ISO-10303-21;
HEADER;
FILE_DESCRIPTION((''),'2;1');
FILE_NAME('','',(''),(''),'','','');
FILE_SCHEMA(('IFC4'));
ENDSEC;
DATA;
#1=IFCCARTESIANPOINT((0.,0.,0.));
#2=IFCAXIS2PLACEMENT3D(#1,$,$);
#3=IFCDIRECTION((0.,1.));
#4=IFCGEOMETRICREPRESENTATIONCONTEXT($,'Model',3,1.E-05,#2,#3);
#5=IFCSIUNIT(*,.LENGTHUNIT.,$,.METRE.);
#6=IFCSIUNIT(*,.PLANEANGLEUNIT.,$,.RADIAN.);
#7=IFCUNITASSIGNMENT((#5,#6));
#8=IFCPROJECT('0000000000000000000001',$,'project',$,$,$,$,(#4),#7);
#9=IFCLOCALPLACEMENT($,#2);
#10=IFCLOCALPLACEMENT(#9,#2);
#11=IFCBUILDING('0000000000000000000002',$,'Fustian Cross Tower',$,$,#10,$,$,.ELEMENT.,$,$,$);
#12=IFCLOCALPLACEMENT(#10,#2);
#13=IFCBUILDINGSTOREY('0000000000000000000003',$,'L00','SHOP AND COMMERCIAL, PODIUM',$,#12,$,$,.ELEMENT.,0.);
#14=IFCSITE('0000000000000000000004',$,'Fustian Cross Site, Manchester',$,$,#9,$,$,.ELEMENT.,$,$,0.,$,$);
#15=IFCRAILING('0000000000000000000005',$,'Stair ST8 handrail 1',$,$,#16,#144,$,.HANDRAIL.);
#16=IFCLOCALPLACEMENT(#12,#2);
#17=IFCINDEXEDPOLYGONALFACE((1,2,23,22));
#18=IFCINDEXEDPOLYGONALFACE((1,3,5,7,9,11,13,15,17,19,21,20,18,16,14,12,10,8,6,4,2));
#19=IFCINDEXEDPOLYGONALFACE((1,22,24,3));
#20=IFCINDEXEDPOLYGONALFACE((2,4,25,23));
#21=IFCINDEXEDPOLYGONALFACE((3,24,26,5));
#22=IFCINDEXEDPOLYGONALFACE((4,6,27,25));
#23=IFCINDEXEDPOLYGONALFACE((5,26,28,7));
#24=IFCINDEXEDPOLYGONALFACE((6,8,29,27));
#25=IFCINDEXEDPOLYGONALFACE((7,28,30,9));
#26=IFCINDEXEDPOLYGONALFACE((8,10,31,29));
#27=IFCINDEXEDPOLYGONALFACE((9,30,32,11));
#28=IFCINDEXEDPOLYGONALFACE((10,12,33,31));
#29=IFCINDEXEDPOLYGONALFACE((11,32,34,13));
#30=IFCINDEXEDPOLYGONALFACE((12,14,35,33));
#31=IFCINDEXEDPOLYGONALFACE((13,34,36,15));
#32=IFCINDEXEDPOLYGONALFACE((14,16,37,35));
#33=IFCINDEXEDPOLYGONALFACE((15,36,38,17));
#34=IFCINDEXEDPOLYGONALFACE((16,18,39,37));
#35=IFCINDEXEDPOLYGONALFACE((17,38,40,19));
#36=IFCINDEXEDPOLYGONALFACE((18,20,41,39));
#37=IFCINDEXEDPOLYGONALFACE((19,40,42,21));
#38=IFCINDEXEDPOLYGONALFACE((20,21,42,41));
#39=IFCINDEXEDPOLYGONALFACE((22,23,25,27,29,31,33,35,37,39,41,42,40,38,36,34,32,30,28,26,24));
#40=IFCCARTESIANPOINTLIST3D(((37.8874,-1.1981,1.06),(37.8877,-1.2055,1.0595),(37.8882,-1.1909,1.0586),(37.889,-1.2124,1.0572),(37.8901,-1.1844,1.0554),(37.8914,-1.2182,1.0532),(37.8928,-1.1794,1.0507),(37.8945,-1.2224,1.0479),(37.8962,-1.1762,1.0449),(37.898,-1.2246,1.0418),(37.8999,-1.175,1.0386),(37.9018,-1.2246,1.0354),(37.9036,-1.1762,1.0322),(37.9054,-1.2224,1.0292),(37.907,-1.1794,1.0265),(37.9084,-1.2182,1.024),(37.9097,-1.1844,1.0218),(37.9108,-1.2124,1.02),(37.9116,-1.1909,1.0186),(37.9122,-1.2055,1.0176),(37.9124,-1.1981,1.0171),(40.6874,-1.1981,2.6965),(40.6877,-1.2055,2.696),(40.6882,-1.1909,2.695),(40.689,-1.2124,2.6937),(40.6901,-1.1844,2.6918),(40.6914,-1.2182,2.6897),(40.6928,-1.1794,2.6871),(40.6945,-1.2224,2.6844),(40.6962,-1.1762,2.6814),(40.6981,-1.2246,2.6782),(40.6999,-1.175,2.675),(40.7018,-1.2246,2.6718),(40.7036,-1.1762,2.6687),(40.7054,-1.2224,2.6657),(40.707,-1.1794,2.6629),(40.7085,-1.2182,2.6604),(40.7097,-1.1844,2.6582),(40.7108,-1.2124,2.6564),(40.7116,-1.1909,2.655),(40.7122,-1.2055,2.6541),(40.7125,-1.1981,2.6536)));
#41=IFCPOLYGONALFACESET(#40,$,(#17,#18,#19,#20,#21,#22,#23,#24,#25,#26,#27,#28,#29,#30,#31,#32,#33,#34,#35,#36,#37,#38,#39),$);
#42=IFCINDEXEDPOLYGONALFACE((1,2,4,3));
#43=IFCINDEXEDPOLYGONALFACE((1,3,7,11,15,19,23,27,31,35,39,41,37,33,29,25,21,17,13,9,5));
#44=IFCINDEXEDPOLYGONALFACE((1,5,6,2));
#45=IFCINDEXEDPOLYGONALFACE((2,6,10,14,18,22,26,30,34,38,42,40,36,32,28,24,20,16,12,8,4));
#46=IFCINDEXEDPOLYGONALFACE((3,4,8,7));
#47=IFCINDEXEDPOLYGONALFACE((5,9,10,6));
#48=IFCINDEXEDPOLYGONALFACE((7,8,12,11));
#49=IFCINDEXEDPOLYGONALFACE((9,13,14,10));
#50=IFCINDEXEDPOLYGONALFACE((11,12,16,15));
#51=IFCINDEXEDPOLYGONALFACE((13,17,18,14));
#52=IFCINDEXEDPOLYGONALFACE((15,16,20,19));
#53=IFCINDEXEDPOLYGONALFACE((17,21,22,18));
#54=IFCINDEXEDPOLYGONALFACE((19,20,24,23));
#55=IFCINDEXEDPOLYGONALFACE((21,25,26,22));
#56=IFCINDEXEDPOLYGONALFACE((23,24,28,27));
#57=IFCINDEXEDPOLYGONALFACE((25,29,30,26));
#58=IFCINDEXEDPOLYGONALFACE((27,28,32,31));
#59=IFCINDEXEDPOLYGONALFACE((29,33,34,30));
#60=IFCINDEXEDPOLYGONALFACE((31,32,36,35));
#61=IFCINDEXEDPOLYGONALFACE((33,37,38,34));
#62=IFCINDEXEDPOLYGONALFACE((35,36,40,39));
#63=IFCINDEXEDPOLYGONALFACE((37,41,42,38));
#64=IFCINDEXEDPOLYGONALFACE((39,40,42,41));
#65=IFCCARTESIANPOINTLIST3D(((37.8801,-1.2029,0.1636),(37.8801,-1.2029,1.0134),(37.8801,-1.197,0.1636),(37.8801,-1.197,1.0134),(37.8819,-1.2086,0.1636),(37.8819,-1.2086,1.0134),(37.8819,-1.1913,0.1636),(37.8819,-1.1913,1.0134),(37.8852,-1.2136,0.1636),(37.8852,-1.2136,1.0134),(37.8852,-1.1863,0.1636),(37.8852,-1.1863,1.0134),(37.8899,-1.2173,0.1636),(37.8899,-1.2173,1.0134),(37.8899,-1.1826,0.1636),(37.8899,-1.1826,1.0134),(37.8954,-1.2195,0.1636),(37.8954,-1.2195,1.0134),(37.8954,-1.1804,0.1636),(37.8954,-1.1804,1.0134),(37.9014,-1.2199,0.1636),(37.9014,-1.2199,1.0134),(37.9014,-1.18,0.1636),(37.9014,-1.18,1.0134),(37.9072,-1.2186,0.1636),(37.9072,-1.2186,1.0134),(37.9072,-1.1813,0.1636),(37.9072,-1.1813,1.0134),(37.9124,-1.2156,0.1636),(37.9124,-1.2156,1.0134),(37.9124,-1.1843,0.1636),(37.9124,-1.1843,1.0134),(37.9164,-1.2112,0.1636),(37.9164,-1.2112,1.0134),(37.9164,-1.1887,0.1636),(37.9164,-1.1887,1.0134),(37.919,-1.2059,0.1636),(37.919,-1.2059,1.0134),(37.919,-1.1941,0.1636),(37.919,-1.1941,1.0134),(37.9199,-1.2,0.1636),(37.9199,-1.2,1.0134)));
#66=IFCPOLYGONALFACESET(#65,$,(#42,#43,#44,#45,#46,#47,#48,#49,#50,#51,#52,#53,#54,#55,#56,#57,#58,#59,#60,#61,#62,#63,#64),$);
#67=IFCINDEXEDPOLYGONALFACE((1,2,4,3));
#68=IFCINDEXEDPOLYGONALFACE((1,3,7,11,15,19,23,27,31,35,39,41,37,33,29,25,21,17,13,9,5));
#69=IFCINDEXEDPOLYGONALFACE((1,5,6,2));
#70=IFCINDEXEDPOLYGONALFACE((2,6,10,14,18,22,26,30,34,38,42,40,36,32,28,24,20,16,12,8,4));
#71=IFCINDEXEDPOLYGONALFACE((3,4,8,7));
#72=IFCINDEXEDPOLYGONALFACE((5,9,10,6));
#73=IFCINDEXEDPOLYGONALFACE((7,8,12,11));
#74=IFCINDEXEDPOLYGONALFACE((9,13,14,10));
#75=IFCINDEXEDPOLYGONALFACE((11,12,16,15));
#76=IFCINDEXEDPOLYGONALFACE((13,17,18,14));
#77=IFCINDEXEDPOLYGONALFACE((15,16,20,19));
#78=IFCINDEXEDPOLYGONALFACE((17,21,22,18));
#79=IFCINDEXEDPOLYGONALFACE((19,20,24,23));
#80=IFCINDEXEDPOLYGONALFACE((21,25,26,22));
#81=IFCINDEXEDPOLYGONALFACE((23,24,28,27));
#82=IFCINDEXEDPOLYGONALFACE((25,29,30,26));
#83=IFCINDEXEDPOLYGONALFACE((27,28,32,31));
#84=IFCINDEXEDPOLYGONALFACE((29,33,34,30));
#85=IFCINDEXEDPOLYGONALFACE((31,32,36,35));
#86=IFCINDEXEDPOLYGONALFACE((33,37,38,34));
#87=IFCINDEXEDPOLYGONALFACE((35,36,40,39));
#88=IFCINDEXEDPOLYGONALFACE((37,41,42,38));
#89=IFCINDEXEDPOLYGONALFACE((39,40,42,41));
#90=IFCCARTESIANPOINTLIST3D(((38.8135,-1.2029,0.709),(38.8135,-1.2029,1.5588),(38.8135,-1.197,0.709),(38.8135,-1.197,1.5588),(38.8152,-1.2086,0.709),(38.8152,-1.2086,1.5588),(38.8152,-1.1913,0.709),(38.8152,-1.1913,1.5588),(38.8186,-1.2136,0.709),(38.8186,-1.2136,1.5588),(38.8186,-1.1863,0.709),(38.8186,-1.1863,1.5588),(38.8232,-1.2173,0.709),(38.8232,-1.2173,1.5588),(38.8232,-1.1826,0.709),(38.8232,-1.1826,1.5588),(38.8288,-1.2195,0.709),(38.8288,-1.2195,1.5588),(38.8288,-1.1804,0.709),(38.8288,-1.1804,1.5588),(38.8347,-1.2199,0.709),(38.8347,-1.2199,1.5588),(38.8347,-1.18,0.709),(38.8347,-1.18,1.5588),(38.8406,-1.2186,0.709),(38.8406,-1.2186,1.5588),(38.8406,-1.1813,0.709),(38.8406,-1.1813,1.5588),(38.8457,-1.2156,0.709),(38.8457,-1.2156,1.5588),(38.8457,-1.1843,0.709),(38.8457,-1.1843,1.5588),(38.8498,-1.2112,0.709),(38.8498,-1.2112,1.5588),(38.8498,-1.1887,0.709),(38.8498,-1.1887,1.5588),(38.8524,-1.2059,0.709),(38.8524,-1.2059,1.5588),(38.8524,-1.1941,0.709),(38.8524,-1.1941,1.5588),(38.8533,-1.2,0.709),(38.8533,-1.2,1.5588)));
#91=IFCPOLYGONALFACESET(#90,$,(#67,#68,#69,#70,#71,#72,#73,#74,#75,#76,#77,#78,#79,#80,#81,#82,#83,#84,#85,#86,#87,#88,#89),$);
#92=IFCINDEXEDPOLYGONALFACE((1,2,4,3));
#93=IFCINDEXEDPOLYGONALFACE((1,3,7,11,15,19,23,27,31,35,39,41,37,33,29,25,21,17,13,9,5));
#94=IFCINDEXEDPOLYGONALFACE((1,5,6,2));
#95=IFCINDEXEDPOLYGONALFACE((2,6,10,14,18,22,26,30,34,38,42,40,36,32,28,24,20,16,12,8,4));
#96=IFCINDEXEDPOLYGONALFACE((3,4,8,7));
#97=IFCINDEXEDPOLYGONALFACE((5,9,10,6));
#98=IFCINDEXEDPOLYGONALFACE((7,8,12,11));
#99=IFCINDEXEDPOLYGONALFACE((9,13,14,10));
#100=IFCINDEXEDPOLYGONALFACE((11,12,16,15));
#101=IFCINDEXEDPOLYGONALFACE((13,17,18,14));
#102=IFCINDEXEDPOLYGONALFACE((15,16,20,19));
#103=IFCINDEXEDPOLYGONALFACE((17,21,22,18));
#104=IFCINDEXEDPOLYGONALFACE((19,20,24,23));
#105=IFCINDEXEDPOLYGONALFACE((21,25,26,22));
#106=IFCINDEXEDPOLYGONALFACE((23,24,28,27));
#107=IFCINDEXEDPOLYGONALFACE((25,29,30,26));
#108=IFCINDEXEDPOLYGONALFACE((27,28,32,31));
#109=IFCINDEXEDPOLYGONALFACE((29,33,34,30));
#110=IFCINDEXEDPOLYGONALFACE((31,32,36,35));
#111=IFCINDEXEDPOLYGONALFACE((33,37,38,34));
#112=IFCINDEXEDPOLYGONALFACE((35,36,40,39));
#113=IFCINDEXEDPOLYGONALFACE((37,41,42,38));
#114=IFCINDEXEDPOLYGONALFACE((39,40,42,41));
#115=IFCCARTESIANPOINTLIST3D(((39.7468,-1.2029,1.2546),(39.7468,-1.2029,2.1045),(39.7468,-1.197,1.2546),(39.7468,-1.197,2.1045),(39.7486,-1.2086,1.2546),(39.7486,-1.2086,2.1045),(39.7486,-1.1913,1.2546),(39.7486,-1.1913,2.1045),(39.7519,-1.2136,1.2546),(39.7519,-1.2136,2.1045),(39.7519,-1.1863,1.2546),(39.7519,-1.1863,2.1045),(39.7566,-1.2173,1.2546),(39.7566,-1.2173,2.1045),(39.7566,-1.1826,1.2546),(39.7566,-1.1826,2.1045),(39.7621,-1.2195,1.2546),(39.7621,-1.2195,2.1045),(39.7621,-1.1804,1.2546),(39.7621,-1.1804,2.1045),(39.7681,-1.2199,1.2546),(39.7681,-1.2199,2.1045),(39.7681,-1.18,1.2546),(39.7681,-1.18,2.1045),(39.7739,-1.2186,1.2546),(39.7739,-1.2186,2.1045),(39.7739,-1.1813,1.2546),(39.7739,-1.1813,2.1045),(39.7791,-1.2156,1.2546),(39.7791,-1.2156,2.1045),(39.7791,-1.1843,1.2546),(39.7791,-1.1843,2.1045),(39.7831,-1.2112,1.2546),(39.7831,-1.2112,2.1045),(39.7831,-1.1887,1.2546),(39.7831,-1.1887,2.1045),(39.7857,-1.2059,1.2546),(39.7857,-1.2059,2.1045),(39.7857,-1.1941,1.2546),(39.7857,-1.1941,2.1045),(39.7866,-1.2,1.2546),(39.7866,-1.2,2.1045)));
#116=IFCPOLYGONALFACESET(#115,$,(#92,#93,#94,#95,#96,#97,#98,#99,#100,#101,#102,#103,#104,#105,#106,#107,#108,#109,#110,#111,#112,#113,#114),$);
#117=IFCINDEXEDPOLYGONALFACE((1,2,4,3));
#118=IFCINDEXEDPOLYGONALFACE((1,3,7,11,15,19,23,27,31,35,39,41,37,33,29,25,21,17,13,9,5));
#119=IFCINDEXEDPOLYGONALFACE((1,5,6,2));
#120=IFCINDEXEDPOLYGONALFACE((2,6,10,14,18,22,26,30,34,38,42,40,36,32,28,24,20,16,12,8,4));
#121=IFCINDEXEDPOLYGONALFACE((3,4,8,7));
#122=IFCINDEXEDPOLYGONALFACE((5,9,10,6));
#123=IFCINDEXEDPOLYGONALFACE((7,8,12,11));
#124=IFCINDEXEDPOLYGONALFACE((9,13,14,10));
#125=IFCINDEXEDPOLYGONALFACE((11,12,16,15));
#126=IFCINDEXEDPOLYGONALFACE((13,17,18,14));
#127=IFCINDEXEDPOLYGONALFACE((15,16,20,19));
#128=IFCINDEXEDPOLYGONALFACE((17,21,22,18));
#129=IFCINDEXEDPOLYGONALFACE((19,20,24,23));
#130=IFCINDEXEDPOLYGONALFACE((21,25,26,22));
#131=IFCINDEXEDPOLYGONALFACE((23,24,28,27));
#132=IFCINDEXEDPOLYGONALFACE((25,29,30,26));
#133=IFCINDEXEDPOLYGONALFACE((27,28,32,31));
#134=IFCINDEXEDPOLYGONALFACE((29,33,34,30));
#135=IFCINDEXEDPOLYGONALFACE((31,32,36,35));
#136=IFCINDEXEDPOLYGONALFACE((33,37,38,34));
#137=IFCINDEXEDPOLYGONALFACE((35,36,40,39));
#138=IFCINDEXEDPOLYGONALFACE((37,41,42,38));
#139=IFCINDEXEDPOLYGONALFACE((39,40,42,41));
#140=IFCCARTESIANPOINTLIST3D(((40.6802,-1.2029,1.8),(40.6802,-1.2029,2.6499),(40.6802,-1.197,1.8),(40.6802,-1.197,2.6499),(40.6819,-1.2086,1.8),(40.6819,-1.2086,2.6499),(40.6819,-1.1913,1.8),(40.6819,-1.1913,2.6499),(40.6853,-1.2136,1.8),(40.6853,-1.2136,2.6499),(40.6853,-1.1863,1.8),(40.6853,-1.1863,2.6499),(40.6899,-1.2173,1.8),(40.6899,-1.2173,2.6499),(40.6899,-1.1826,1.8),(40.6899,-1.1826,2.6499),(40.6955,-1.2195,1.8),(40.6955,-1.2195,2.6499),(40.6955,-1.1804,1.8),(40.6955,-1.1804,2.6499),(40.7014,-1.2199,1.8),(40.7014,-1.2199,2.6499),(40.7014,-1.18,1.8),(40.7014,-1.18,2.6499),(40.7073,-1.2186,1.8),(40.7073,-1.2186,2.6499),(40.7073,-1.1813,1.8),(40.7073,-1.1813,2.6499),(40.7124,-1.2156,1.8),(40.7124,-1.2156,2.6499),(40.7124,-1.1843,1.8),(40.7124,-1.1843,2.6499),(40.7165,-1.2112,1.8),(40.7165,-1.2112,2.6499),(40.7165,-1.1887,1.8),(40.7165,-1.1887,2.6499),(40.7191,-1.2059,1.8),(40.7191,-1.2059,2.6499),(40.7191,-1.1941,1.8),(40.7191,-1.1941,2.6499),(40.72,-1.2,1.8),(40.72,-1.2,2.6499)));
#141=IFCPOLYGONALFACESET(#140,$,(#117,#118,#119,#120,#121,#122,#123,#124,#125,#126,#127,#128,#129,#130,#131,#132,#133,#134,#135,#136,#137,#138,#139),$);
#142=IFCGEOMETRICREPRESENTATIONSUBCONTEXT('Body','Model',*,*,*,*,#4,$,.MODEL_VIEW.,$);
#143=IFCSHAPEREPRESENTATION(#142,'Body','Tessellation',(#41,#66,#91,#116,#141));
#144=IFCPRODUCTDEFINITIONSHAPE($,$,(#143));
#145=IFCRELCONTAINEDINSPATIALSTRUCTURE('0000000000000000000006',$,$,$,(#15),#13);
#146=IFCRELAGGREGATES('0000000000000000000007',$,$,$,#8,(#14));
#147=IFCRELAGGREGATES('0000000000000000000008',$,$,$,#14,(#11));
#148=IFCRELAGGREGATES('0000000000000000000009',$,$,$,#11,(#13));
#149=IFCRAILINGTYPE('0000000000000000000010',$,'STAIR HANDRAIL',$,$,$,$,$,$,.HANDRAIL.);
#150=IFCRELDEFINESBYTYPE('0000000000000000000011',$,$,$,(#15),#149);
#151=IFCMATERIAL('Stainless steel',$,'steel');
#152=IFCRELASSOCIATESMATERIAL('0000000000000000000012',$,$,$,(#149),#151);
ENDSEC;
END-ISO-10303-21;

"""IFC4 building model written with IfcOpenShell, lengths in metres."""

from ifc_helpers import new_model, si_unit, direction, frame, origin, origin_2d, place, context, subcontext, project, spatial, circle, extrude, material, type_object, element, save


model = new_model("IFC4")

# Units and contexts
model_context = context("Model", 3, precision=1e-05, world=origin(), true_north=direction((0.0, 1.0)))
body_context = subcontext(model_context, "Body", "Model", "MODEL_VIEW")
ifc_project = project(units=[si_unit("LENGTHUNIT", "METRE"), si_unit("PLANEANGLEUNIT", "RADIAN")], contexts=[model_context])

# Site, building, storey
site_placement = place(None, origin())
site = spatial("IfcSite", under=ifc_project, at=site_placement, Name="Fustian Cross Site, Manchester", CompositionType="ELEMENT", RefElevation=0.0)
building_placement = place(site_placement, origin())
building = spatial("IfcBuilding", under=site, at=building_placement, Name="Fustian Cross Tower", CompositionType="ELEMENT")
storey_placement = place(building_placement, origin())
storey = spatial("IfcBuildingStorey", under=building, at=storey_placement, Name="L00", Description="SHOP AND COMMERCIAL, PODIUM", CompositionType="ELEMENT", Elevation=0.0)

# Railing
ifc_material_1 = material(Name="Stainless steel", Category="steel")
railing_type = type_object("IfcRailingType", Name="STAIR HANDRAIL", PredefinedType="HANDRAIL", material=ifc_material_1)
railing_1_placement = place(storey_placement, frame((37.8999, -1.2, 0.1636)))
element("IfcRailing", 1, at=railing_1_placement, inside=storey, type_object=railing_type, Name="Stair ST8 handrail 1", PredefinedType="HANDRAIL", context=body_context, shape_type="SweptSolid", body=[
    extrude(circle(Radius=0.0249, at=origin_2d()), frame((0.0, 0.0, 0.875), z_axis=(0.863361, 0.0, 0.504587), x_axis=(0.0, 1.0, 0.0)), (0.0, 0.0, 1.0), 3.2432),
    extrude(circle(Radius=0.02, at=origin_2d()), origin(), (0.0, 0.0, 1.0), 0.8499),
    extrude(circle(Radius=0.02, at=origin_2d()), frame((0.9333, 0.0, 0.5454)), (0.0, 0.0, 1.0), 0.8499),
    extrude(circle(Radius=0.02, at=origin_2d()), frame((1.8667, 0.0, 1.0911)), (0.0, 0.0, 1.0), 0.8499),
    extrude(circle(Radius=0.02, at=origin_2d()), frame((2.8, 0.0, 1.6365)), (0.0, 0.0, 1.0), 0.8499),
])

save(model, "model.ifc")
